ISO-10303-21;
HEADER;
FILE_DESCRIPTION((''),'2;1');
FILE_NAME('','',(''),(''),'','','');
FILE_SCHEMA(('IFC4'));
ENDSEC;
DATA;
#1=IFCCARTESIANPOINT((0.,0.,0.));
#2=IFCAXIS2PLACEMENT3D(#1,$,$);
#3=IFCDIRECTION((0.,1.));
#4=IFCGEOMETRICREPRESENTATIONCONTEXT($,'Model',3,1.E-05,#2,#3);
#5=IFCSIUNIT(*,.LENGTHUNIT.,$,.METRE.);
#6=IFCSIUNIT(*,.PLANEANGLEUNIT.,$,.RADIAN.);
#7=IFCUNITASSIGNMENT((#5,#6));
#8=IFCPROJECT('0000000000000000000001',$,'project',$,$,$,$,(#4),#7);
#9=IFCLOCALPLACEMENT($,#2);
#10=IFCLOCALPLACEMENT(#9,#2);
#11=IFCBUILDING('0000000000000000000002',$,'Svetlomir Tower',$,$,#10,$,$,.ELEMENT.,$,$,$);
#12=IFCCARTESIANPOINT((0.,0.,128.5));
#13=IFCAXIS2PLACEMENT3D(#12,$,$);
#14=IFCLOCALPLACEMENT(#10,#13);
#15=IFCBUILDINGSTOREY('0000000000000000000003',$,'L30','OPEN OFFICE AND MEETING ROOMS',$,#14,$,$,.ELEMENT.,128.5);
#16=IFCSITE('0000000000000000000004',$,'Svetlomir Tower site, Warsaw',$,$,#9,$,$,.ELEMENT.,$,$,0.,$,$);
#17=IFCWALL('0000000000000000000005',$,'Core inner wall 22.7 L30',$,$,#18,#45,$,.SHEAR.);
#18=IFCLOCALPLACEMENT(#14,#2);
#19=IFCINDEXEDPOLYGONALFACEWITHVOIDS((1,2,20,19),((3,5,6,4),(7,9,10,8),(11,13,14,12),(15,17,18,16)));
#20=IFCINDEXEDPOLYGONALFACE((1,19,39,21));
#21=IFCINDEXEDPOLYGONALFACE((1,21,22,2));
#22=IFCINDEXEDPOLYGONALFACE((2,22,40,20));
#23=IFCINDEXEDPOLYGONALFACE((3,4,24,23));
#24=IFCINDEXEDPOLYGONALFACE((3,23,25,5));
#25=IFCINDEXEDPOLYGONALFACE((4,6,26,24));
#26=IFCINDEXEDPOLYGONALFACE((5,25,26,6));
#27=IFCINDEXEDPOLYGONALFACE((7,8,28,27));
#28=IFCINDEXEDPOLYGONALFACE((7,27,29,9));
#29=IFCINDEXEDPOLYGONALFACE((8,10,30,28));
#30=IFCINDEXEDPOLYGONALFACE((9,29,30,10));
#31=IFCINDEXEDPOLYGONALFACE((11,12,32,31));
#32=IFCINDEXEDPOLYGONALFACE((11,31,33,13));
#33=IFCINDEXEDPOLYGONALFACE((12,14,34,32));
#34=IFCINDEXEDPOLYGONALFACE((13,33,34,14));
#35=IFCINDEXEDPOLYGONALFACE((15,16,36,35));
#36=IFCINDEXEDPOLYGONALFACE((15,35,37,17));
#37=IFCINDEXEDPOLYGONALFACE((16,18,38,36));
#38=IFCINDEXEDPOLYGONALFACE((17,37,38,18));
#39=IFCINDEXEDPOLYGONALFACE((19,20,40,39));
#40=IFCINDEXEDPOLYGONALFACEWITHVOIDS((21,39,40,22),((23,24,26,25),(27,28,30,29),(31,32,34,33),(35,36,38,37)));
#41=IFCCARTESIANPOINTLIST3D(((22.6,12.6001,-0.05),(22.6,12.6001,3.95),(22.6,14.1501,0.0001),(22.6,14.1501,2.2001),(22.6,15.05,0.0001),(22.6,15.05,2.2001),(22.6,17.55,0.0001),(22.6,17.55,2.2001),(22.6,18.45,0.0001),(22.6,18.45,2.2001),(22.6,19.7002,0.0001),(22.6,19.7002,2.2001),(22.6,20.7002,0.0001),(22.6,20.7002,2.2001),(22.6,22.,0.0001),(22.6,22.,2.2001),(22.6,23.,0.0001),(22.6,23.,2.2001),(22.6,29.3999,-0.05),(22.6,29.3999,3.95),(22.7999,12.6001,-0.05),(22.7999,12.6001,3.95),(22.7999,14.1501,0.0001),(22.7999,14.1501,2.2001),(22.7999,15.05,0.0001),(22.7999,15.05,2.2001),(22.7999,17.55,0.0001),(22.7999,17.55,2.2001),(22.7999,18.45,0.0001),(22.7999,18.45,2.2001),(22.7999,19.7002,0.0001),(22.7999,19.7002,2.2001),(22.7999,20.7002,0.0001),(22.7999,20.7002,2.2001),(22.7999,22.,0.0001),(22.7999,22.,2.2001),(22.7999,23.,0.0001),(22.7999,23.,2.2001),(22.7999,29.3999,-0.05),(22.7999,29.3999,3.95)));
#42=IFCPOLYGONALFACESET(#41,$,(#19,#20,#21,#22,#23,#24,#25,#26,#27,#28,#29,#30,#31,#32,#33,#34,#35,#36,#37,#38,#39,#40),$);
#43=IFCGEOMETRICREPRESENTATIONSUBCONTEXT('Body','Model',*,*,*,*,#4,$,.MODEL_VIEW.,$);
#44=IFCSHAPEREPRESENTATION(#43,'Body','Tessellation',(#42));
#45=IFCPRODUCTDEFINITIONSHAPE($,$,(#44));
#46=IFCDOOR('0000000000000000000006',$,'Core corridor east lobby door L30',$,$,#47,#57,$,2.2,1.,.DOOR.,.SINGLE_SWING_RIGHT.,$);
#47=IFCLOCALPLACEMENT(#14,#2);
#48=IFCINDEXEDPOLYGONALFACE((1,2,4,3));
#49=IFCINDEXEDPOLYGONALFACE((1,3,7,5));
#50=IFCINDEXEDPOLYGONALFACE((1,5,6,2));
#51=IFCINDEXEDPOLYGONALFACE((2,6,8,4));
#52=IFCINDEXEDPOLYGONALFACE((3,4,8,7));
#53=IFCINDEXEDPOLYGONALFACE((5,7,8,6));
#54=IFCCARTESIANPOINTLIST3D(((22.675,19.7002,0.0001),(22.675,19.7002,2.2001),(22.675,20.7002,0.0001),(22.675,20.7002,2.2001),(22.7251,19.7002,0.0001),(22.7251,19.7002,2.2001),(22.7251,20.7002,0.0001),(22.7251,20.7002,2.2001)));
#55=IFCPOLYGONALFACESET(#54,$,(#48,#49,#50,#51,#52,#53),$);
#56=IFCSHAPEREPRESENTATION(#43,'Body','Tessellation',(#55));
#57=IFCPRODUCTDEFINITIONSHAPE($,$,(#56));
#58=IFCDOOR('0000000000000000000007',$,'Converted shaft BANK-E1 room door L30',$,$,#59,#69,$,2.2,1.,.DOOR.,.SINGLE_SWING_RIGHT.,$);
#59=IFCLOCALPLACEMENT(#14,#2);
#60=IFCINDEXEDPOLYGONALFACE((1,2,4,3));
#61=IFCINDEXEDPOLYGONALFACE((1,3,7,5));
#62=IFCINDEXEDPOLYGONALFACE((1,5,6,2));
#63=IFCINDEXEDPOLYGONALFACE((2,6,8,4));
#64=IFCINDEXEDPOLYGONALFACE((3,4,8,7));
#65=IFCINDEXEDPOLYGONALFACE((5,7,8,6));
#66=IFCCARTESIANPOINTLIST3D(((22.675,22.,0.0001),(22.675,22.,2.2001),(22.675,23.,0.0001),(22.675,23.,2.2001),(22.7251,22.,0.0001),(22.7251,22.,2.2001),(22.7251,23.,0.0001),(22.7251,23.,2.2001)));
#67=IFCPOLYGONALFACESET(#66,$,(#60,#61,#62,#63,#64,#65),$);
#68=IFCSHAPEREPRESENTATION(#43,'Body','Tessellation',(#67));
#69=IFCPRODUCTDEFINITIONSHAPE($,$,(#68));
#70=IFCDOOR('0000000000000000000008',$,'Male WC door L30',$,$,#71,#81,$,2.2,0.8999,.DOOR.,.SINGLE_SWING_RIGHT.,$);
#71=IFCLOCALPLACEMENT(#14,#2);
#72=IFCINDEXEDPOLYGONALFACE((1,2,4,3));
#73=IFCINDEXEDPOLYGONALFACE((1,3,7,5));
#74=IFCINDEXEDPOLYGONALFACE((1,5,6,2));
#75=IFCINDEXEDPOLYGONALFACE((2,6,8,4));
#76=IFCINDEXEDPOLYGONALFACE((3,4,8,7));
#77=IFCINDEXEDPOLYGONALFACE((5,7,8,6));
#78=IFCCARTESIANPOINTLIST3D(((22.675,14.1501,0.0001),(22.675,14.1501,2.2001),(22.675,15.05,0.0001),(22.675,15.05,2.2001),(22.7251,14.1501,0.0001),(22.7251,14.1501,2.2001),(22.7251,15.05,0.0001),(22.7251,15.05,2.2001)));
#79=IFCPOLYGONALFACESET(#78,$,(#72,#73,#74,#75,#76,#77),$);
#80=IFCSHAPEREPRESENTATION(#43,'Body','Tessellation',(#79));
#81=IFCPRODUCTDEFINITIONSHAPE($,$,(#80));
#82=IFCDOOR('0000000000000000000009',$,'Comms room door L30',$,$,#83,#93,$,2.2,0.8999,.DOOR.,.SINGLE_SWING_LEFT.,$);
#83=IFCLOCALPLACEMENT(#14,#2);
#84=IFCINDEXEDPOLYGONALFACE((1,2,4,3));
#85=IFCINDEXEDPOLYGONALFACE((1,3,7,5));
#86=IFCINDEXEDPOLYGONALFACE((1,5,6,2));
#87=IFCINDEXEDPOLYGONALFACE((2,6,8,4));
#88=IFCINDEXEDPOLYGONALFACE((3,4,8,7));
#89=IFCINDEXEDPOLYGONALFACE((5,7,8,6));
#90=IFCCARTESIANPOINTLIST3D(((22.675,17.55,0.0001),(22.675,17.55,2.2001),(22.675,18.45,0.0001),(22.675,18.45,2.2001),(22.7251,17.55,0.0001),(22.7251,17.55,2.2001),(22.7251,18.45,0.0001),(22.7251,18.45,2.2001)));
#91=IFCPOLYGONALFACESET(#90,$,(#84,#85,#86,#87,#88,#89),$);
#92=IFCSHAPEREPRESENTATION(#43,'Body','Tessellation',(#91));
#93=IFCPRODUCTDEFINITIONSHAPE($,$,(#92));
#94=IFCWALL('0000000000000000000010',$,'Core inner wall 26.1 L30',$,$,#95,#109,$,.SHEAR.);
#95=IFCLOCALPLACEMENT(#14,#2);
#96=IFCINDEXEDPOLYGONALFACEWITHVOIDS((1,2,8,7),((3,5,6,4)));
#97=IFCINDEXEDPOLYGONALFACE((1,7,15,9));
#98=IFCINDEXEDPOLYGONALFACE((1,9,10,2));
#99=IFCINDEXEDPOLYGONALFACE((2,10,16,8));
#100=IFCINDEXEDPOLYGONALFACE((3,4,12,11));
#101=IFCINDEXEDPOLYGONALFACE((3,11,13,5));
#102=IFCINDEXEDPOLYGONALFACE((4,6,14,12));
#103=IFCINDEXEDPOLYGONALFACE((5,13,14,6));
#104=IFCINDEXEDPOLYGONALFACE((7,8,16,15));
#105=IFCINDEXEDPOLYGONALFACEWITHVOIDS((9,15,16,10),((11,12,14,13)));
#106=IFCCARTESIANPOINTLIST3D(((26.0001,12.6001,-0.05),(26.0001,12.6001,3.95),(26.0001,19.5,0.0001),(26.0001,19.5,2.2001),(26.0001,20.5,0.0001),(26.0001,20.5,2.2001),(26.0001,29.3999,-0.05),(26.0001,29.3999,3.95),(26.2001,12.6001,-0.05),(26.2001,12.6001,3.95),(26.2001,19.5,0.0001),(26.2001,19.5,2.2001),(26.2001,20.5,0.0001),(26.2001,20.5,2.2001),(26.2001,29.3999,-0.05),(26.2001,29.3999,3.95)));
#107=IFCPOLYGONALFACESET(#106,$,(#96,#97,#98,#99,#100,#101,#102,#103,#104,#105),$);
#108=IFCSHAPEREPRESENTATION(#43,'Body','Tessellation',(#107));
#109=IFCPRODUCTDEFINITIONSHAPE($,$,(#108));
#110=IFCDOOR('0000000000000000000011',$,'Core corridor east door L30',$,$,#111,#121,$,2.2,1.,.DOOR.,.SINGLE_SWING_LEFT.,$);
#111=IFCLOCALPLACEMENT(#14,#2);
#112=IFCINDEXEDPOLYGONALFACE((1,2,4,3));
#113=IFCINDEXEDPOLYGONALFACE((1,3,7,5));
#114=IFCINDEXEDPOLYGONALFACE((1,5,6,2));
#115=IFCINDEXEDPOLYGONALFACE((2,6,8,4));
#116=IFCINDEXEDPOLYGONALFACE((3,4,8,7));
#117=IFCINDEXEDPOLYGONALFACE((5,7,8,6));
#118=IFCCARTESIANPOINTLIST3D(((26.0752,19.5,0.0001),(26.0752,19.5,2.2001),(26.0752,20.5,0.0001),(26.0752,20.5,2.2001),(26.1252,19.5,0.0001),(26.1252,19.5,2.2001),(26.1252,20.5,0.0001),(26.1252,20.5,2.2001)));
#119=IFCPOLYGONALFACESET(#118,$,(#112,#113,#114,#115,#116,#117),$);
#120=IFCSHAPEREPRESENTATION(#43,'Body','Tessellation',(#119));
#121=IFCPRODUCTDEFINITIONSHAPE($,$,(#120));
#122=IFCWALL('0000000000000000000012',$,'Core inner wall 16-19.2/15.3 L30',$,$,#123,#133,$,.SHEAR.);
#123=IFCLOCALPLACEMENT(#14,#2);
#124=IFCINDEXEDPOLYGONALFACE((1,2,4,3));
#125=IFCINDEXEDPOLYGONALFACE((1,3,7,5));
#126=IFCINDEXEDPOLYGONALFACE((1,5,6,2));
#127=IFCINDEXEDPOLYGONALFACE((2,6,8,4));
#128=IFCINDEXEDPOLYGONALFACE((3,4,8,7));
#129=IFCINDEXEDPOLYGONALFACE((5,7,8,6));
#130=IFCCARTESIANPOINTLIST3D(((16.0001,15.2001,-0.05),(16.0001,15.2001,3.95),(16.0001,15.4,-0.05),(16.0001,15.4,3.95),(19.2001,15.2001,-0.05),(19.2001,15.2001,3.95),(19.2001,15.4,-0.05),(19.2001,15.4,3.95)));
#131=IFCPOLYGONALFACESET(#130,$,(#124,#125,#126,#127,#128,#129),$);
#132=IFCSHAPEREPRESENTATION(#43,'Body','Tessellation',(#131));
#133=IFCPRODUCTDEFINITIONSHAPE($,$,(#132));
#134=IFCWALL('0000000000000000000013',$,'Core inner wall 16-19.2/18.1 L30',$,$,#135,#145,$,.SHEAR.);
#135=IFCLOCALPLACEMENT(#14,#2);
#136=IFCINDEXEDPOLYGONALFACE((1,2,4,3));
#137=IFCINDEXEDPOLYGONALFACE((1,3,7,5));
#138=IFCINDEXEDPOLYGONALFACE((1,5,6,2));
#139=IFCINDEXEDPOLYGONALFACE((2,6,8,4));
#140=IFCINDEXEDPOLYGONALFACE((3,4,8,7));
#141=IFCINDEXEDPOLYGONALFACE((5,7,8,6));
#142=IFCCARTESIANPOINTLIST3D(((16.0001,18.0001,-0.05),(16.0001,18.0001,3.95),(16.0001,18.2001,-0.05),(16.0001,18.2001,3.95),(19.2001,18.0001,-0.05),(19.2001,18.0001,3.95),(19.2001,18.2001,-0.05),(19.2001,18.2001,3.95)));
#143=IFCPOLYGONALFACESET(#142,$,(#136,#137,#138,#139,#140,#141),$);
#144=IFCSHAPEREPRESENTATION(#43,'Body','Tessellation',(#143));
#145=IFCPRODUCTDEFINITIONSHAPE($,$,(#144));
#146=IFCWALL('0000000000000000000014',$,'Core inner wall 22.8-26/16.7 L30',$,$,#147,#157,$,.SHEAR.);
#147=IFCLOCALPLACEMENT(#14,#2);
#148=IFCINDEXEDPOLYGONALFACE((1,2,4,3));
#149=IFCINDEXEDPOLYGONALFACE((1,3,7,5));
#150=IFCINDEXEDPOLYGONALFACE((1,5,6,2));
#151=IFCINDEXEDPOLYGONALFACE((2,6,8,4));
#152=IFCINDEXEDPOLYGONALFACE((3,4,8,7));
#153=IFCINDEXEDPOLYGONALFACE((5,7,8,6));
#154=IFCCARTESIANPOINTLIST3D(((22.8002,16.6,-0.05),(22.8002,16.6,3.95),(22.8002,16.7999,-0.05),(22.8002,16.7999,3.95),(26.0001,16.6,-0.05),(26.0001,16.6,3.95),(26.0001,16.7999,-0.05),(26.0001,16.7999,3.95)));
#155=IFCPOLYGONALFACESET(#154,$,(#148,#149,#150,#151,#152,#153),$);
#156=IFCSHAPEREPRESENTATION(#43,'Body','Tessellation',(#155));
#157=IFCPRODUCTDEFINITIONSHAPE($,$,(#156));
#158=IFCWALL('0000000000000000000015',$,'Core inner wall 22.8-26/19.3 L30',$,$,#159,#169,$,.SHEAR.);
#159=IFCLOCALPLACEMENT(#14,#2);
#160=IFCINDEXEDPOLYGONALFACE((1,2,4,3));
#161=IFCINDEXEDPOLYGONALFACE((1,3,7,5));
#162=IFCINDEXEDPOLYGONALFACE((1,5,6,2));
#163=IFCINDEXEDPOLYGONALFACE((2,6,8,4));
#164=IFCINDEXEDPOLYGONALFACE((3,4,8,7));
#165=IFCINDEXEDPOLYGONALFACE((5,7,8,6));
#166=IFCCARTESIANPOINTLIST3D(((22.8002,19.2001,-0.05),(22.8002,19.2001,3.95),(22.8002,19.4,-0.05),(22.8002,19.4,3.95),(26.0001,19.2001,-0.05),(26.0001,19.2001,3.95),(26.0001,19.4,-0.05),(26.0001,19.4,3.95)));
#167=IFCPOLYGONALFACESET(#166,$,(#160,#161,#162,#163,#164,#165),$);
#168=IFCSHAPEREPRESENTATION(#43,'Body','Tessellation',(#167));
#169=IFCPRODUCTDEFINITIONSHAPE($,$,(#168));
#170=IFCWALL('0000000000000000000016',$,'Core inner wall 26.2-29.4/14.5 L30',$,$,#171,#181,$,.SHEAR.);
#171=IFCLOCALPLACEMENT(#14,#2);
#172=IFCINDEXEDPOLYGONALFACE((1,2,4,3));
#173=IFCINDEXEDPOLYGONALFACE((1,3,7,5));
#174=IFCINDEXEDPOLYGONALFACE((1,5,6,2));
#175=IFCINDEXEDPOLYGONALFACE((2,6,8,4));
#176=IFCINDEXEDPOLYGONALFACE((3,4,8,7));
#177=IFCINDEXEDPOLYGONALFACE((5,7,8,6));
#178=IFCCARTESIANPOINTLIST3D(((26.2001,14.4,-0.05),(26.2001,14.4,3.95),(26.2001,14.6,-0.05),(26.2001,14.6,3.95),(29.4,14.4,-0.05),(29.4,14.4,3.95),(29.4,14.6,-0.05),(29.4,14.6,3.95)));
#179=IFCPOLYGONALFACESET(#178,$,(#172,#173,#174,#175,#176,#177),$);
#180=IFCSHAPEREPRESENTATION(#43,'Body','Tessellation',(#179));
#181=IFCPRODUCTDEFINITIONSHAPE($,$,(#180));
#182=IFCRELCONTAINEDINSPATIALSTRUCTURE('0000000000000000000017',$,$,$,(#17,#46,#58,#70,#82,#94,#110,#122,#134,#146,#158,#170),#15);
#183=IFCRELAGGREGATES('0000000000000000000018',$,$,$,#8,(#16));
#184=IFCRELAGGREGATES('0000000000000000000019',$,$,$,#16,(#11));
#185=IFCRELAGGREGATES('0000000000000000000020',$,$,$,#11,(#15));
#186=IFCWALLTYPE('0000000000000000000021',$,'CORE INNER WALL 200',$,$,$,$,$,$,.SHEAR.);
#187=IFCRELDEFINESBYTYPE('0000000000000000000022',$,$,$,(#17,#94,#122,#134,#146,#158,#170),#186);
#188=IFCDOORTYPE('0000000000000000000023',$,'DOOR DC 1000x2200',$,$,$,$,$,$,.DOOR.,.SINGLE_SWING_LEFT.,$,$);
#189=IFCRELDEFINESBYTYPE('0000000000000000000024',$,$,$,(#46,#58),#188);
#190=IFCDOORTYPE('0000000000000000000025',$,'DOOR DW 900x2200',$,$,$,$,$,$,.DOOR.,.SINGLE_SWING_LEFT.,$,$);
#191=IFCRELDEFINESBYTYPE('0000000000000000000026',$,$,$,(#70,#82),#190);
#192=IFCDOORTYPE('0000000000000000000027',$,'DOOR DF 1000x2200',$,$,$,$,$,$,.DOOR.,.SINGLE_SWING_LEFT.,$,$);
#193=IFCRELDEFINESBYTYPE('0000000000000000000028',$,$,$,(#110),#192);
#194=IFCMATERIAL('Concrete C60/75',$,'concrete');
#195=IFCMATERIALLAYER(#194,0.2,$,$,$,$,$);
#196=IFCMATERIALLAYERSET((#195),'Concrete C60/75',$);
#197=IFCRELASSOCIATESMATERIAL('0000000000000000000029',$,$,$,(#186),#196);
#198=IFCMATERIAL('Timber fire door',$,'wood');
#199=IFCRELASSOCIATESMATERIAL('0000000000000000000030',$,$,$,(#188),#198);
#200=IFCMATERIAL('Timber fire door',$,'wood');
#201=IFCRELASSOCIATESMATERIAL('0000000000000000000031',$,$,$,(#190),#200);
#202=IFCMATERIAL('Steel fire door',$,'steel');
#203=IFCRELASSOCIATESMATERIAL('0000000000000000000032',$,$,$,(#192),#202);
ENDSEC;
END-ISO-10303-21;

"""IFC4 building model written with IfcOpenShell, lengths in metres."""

from ifc_helpers import new_model, si_unit, direction, frame, frame_2d, origin, place, context, subcontext, project, spatial, rectangle, extrude, material, layer, layer_set, type_object, element, fill, save


model = new_model("IFC4")

# Units and contexts
model_context = context("Model", 3, precision=1e-05, world=origin(), true_north=direction((0.0, 1.0)))
body_context = subcontext(model_context, "Body", "Model", "MODEL_VIEW")
ifc_project = project(units=[si_unit("LENGTHUNIT", "METRE"), si_unit("PLANEANGLEUNIT", "RADIAN")], contexts=[model_context])

# Site, building, storey
site_placement = place(None, origin())
site = spatial("IfcSite", under=ifc_project, at=site_placement, Name="Svetlomir Tower site, Warsaw", CompositionType="ELEMENT", RefElevation=0.0)
building_placement = place(site_placement, origin())
building = spatial("IfcBuilding", under=site, at=building_placement, Name="Svetlomir Tower", CompositionType="ELEMENT")
storey_placement = place(building_placement, frame((0.0, 0.0, 128.5)))
storey = spatial("IfcBuildingStorey", under=building, at=storey_placement, Name="L30", Description="OPEN OFFICE AND MEETING ROOMS", CompositionType="ELEMENT", Elevation=128.5)

# Wall, openings, doors
ifc_material_1 = material(Name="Concrete C60/75", Category="concrete")
ifc_layer_1 = layer(ifc_material_1, 0.2)
ifc_layer_set_1 = layer_set([ifc_layer_1], Name="Concrete C60/75")
wall_type_1 = type_object("IfcWallType", Name="CORE INNER WALL 200", PredefinedType="SHEAR", material=ifc_layer_set_1)
wall_1_placement = place(storey_placement, frame((22.7, 12.6001, -0.05), z_axis=(0.0, 0.0, 1.0), x_axis=(0.0, 1.0, 0.0)))
wall_1 = element("IfcWall", 1, at=wall_1_placement, inside=storey, type_object=wall_type_1, Name="Core inner wall 22.7 L30", PredefinedType="SHEAR", context=body_context, shape_type="SweptSolid", body=[
    extrude(rectangle(XDim=16.7998, YDim=0.2, at=frame_2d((8.3999, 0.0))), origin(), (0.0, 0.0, 1.0), 4.0),
])
opening_1_placement = place(wall_1_placement, frame((7.1001, 0.0, 0.05)))
opening_1 = element("IfcOpeningElement", 2, at=opening_1_placement, cuts=wall_1, PredefinedType="OPENING", context=body_context, shape_type="SweptSolid", body=[
    extrude(rectangle(XDim=1.0, YDim=2.2, at=frame_2d((0.5, 1.1001))), frame((0.0, 0.1099, 0.0), z_axis=(0.0, -1.0, 0.0), x_axis=(1.0, 0.0, 0.0)), (0.0, 0.0, 1.0), 0.22),
])
opening_2_placement = place(wall_1_placement, frame((1.55, 0.0, 0.05)))
opening_2 = element("IfcOpeningElement", 3, at=opening_2_placement, cuts=wall_1, PredefinedType="OPENING", context=body_context, shape_type="SweptSolid", body=[
    extrude(rectangle(XDim=0.8999, YDim=2.2, at=frame_2d((0.45, 1.1001))), frame((0.0, 0.1099, 0.0), z_axis=(0.0, -1.0, 0.0), x_axis=(1.0, 0.0, 0.0)), (0.0, 0.0, 1.0), 0.22),
])
opening_3_placement = place(wall_1_placement, frame((4.95, 0.0, 0.05)))
opening_3 = element("IfcOpeningElement", 4, at=opening_3_placement, cuts=wall_1, PredefinedType="OPENING", context=body_context, shape_type="SweptSolid", body=[
    extrude(rectangle(XDim=0.8999, YDim=2.2, at=frame_2d((0.45, 1.1001))), frame((0.0, 0.1099, 0.0), z_axis=(0.0, -1.0, 0.0), x_axis=(1.0, 0.0, 0.0)), (0.0, 0.0, 1.0), 0.22),
])
opening_4_placement = place(wall_1_placement, frame((9.3999, 0.0, 0.05)))
opening_4 = element("IfcOpeningElement", 5, at=opening_4_placement, cuts=wall_1, PredefinedType="OPENING", context=body_context, shape_type="SweptSolid", body=[
    extrude(rectangle(XDim=1.0, YDim=2.2, at=frame_2d((0.5, 1.1001))), frame((0.0, 0.1099, 0.0), z_axis=(0.0, -1.0, 0.0), x_axis=(1.0, 0.0, 0.0)), (0.0, 0.0, 1.0), 0.22),
])
ifc_material_2 = material(Name="Timber fire door", Category="wood")
door_type_1 = type_object("IfcDoorType", Name="DOOR DC 1000x2200", OperationType="SINGLE_SWING_LEFT", PredefinedType="DOOR", material=ifc_material_2)
door_1_placement = place(opening_1_placement, origin())
door_1 = element("IfcDoor", 6, at=door_1_placement, inside=storey, type_object=door_type_1, Name="Core corridor east lobby door L30", OperationType="SINGLE_SWING_RIGHT", OverallHeight=2.2, OverallWidth=1.0, PredefinedType="DOOR", context=body_context, shape_type="SweptSolid", body=[
    extrude(rectangle(XDim=1.0, YDim=2.2, at=frame_2d((0.5, 1.1001))), frame((0.0, 0.0249, 0.0), z_axis=(0.0, -1.0, 0.0), x_axis=(1.0, 0.0, 0.0)), (0.0, 0.0, 1.0), 0.05),
])
fill(opening_1, door_1)
door_2_placement = place(opening_4_placement, origin())
door_2 = element("IfcDoor", 7, at=door_2_placement, inside=storey, type_object=door_type_1, Name="Converted shaft BANK-E1 room door L30", OperationType="SINGLE_SWING_RIGHT", OverallHeight=2.2, OverallWidth=1.0, PredefinedType="DOOR", context=body_context, shape_type="SweptSolid", body=[
    extrude(rectangle(XDim=1.0, YDim=2.2, at=frame_2d((0.5, 1.1001))), frame((0.0, 0.0249, 0.0), z_axis=(0.0, -1.0, 0.0), x_axis=(1.0, 0.0, 0.0)), (0.0, 0.0, 1.0), 0.05),
])
fill(opening_4, door_2)
ifc_material_3 = material(Name="Timber fire door", Category="wood")
door_type_2 = type_object("IfcDoorType", Name="DOOR DW 900x2200", OperationType="SINGLE_SWING_LEFT", PredefinedType="DOOR", material=ifc_material_3)
door_3_placement = place(opening_2_placement, origin())
door_3 = element("IfcDoor", 8, at=door_3_placement, inside=storey, type_object=door_type_2, Name="Male WC door L30", OperationType="SINGLE_SWING_RIGHT", OverallHeight=2.2, OverallWidth=0.8999, PredefinedType="DOOR", context=body_context, shape_type="SweptSolid", body=[
    extrude(rectangle(XDim=0.8999, YDim=2.2, at=frame_2d((0.45, 1.1001))), frame((0.0, 0.0249, 0.0), z_axis=(0.0, -1.0, 0.0), x_axis=(1.0, 0.0, 0.0)), (0.0, 0.0, 1.0), 0.05),
])
fill(opening_2, door_3)
door_4_placement = place(opening_3_placement, origin())
door_4 = element("IfcDoor", 9, at=door_4_placement, inside=storey, type_object=door_type_2, Name="Comms room door L30", OperationType="SINGLE_SWING_LEFT", OverallHeight=2.2, OverallWidth=0.8999, PredefinedType="DOOR", context=body_context, shape_type="SweptSolid", body=[
    extrude(rectangle(XDim=0.8999, YDim=2.2, at=frame_2d((0.45, 1.1001))), frame((0.0, 0.0249, 0.0), z_axis=(0.0, -1.0, 0.0), x_axis=(1.0, 0.0, 0.0)), (0.0, 0.0, 1.0), 0.05),
])
fill(opening_3, door_4)

# Wall, opening, door
wall_2_placement = place(storey_placement, frame((26.1001, 12.6001, -0.05), z_axis=(0.0, 0.0, 1.0), x_axis=(0.0, 1.0, 0.0)))
wall_2 = element("IfcWall", 10, at=wall_2_placement, inside=storey, type_object=wall_type_1, Name="Core inner wall 26.1 L30", PredefinedType="SHEAR", context=body_context, shape_type="SweptSolid", body=[
    extrude(rectangle(XDim=16.7998, YDim=0.2, at=frame_2d((8.3999, 0.0))), origin(), (0.0, 0.0, 1.0), 4.0),
])
opening_5_placement = place(wall_2_placement, frame((6.8999, 0.0, 0.05)))
opening_5 = element("IfcOpeningElement", 11, at=opening_5_placement, cuts=wall_2, PredefinedType="OPENING", context=body_context, shape_type="SweptSolid", body=[
    extrude(rectangle(XDim=1.0, YDim=2.2, at=frame_2d((0.5, 1.1001))), frame((0.0, 0.1099, 0.0), z_axis=(0.0, -1.0, 0.0), x_axis=(1.0, 0.0, 0.0)), (0.0, 0.0, 1.0), 0.22),
])
ifc_material_4 = material(Name="Steel fire door", Category="steel")
door_type_3 = type_object("IfcDoorType", Name="DOOR DF 1000x2200", OperationType="SINGLE_SWING_LEFT", PredefinedType="DOOR", material=ifc_material_4)
door_5_placement = place(opening_5_placement, origin())
door_5 = element("IfcDoor", 12, at=door_5_placement, inside=storey, type_object=door_type_3, Name="Core corridor east door L30", OperationType="SINGLE_SWING_LEFT", OverallHeight=2.2, OverallWidth=1.0, PredefinedType="DOOR", context=body_context, shape_type="SweptSolid", body=[
    extrude(rectangle(XDim=1.0, YDim=2.2, at=frame_2d((0.5, 1.1001))), frame((0.0, 0.0249, 0.0), z_axis=(0.0, -1.0, 0.0), x_axis=(1.0, 0.0, 0.0)), (0.0, 0.0, 1.0), 0.05),
])
fill(opening_5, door_5)

# Walls
for number, where, z_axis, x_axis, name in (
    (13, (16.0, 15.3, -0.05), (0.0, 0.0, 1.0), (1.0, 0.0, 0.0), "Core inner wall 16-19.2/15.3 L30"),
    (14, (16.0, 18.1001, -0.05), (0.0, 0.0, 1.0), (1.0, 0.0, 0.0), "Core inner wall 16-19.2/18.1 L30"),
    (15, (22.8, 16.7, -0.05), (0.0, 0.0, 1.0), (1.0, 0.0, 0.0), "Core inner wall 22.8-26/16.7 L30"),
    (16, (22.8, 19.3, -0.05), (0.0, 0.0, 1.0), (1.0, 0.0, 0.0), "Core inner wall 22.8-26/19.3 L30"),
    (17, (26.2, 14.5, -0.05), (0.0, 0.0, 1.0), (1.0, 0.0, 0.0), "Core inner wall 26.2-29.4/14.5 L30"),
):
    element("IfcWall", number, at=place(storey_placement, frame(where, z_axis=z_axis, x_axis=x_axis)), inside=storey, type_object=wall_type_1, Name=name, PredefinedType="SHEAR", context=body_context, shape_type="SweptSolid", body=[
        extrude(rectangle(XDim=3.2, YDim=0.2, at=frame_2d((1.6001, 0.0))), origin(), (0.0, 0.0, 1.0), 4.0),
    ])

save(model, "model.ifc")
